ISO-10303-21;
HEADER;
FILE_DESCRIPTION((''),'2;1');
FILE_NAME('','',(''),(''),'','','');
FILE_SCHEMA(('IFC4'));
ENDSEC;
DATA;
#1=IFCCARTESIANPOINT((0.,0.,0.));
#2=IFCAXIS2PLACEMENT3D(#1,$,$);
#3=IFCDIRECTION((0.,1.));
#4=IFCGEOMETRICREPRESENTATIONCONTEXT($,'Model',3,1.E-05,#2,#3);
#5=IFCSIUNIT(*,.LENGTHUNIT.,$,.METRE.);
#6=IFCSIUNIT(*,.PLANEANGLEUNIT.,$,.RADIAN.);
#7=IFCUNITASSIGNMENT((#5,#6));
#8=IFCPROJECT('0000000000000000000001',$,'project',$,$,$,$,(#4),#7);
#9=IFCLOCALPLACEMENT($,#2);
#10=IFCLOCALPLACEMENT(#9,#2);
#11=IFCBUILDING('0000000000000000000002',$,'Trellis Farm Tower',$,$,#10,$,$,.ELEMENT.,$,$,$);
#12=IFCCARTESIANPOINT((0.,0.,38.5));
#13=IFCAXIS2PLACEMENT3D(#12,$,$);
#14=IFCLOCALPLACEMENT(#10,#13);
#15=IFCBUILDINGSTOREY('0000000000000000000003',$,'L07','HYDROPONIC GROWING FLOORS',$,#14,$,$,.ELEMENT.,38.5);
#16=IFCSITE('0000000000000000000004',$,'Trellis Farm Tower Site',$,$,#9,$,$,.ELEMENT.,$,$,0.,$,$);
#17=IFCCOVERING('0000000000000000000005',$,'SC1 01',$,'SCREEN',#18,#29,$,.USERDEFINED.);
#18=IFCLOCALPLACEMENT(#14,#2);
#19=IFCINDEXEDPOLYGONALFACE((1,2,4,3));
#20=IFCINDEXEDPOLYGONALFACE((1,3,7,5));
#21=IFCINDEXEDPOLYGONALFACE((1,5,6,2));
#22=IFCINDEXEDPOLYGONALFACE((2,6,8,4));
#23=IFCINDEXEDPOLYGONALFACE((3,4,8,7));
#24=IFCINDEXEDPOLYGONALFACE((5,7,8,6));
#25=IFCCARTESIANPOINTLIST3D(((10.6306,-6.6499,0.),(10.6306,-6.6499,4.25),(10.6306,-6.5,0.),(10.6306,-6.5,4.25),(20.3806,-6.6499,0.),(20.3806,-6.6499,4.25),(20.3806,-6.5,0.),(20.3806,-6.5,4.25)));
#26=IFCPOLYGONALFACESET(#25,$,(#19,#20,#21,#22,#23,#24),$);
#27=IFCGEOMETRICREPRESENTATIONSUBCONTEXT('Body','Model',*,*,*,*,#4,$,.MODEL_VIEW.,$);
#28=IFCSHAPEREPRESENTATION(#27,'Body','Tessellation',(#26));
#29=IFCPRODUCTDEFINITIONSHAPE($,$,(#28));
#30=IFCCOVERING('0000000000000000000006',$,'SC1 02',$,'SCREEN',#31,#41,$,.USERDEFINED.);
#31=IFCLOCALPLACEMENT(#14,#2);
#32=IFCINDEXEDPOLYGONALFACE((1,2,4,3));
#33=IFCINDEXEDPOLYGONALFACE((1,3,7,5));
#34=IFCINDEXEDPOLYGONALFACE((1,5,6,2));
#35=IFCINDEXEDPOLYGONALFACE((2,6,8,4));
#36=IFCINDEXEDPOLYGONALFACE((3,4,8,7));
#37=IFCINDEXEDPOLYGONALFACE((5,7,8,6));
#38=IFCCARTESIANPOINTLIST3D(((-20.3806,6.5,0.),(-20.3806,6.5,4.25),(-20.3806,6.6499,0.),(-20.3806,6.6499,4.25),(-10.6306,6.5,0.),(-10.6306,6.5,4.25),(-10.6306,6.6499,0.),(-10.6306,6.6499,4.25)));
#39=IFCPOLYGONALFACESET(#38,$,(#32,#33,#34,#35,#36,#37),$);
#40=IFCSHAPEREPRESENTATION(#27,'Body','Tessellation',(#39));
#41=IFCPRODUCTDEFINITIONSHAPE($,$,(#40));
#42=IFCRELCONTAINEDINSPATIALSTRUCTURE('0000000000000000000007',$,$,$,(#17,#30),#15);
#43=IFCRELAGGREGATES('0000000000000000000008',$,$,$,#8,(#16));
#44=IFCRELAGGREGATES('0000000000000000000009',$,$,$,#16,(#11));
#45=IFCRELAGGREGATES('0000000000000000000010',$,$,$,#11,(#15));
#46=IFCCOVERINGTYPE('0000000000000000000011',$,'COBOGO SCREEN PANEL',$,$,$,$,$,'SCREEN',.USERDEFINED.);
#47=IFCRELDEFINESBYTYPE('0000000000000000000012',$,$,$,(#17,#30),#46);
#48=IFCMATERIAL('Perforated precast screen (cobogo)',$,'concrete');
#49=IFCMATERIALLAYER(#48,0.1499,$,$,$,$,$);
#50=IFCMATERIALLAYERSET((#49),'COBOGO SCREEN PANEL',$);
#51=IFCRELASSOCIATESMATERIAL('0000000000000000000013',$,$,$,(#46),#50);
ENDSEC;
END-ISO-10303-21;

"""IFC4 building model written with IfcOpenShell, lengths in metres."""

from ifc_helpers import new_model, si_unit, direction, frame, origin, place, context, subcontext, project, spatial, polyline, outline, extrude, source, transform, mapped, material, layer, layer_set, type_object, element, save


model = new_model("IFC4")

# Units and contexts
model_context = context("Model", 3, precision=1e-05, world=origin(), true_north=direction((0.0, 1.0)))
body_context = subcontext(model_context, "Body", "Model", "MODEL_VIEW")
ifc_project = project(units=[si_unit("LENGTHUNIT", "METRE"), si_unit("PLANEANGLEUNIT", "RADIAN")], contexts=[model_context])

# Site, building, storey
site_placement = place(None, origin())
site = spatial("IfcSite", under=ifc_project, at=site_placement, Name="Trellis Farm Tower Site", CompositionType="ELEMENT", RefElevation=0.0)
building_placement = place(site_placement, origin())
building = spatial("IfcBuilding", under=site, at=building_placement, Name="Trellis Farm Tower", CompositionType="ELEMENT")
storey_placement = place(building_placement, frame((0.0, 0.0, 38.5)))
storey = spatial("IfcBuildingStorey", under=building, at=storey_placement, Name="L07", Description="HYDROPONIC GROWING FLOORS", CompositionType="ELEMENT", Elevation=38.5)

# Shared definitions
placement = place(storey_placement, origin())

# Coverings
ifc_material_1 = material(Name="Perforated precast screen (cobogo)", Category="concrete")
ifc_layer_1 = layer(ifc_material_1, 0.1499)
ifc_layer_set_1 = layer_set([ifc_layer_1], Name="COBOGO SCREEN PANEL")
covering_type = type_object("IfcCoveringType", Name="COBOGO SCREEN PANEL", ElementType="SCREEN", PredefinedType="USERDEFINED", material=ifc_layer_set_1)
shared_shape_1 = source(origin(), body_context, "Body", "SweptSolid", [
    extrude(outline(polyline([(10.6306, -6.6499), (20.3806, -6.6499), (20.3806, -6.5), (10.6306, -6.5), (10.6306, -6.6499)])), origin(), (0.0, 0.0, 1.0), 4.25),
])
element("IfcCovering", 1, at=placement, inside=storey, type_object=covering_type, Name="SC1 01", ObjectType="SCREEN", PredefinedType="USERDEFINED", context=body_context, shape_type="MappedRepresentation", body=[
    mapped(shared_shape_1, transform((0.0, 0.0, 0.0))),
])
shared_shape_2 = source(origin(), body_context, "Body", "SweptSolid", [
    extrude(outline(polyline([(-10.6306, 6.6499), (-20.3806, 6.6499), (-20.3806, 6.5), (-10.6306, 6.5), (-10.6306, 6.6499)])), origin(), (0.0, 0.0, 1.0), 4.25),
])
element("IfcCovering", 2, at=placement, inside=storey, type_object=covering_type, Name="SC1 02", ObjectType="SCREEN", PredefinedType="USERDEFINED", context=body_context, shape_type="MappedRepresentation", body=[
    mapped(shared_shape_2, transform((0.0, 0.0, 0.0))),
])

save(model, "model.ifc")
